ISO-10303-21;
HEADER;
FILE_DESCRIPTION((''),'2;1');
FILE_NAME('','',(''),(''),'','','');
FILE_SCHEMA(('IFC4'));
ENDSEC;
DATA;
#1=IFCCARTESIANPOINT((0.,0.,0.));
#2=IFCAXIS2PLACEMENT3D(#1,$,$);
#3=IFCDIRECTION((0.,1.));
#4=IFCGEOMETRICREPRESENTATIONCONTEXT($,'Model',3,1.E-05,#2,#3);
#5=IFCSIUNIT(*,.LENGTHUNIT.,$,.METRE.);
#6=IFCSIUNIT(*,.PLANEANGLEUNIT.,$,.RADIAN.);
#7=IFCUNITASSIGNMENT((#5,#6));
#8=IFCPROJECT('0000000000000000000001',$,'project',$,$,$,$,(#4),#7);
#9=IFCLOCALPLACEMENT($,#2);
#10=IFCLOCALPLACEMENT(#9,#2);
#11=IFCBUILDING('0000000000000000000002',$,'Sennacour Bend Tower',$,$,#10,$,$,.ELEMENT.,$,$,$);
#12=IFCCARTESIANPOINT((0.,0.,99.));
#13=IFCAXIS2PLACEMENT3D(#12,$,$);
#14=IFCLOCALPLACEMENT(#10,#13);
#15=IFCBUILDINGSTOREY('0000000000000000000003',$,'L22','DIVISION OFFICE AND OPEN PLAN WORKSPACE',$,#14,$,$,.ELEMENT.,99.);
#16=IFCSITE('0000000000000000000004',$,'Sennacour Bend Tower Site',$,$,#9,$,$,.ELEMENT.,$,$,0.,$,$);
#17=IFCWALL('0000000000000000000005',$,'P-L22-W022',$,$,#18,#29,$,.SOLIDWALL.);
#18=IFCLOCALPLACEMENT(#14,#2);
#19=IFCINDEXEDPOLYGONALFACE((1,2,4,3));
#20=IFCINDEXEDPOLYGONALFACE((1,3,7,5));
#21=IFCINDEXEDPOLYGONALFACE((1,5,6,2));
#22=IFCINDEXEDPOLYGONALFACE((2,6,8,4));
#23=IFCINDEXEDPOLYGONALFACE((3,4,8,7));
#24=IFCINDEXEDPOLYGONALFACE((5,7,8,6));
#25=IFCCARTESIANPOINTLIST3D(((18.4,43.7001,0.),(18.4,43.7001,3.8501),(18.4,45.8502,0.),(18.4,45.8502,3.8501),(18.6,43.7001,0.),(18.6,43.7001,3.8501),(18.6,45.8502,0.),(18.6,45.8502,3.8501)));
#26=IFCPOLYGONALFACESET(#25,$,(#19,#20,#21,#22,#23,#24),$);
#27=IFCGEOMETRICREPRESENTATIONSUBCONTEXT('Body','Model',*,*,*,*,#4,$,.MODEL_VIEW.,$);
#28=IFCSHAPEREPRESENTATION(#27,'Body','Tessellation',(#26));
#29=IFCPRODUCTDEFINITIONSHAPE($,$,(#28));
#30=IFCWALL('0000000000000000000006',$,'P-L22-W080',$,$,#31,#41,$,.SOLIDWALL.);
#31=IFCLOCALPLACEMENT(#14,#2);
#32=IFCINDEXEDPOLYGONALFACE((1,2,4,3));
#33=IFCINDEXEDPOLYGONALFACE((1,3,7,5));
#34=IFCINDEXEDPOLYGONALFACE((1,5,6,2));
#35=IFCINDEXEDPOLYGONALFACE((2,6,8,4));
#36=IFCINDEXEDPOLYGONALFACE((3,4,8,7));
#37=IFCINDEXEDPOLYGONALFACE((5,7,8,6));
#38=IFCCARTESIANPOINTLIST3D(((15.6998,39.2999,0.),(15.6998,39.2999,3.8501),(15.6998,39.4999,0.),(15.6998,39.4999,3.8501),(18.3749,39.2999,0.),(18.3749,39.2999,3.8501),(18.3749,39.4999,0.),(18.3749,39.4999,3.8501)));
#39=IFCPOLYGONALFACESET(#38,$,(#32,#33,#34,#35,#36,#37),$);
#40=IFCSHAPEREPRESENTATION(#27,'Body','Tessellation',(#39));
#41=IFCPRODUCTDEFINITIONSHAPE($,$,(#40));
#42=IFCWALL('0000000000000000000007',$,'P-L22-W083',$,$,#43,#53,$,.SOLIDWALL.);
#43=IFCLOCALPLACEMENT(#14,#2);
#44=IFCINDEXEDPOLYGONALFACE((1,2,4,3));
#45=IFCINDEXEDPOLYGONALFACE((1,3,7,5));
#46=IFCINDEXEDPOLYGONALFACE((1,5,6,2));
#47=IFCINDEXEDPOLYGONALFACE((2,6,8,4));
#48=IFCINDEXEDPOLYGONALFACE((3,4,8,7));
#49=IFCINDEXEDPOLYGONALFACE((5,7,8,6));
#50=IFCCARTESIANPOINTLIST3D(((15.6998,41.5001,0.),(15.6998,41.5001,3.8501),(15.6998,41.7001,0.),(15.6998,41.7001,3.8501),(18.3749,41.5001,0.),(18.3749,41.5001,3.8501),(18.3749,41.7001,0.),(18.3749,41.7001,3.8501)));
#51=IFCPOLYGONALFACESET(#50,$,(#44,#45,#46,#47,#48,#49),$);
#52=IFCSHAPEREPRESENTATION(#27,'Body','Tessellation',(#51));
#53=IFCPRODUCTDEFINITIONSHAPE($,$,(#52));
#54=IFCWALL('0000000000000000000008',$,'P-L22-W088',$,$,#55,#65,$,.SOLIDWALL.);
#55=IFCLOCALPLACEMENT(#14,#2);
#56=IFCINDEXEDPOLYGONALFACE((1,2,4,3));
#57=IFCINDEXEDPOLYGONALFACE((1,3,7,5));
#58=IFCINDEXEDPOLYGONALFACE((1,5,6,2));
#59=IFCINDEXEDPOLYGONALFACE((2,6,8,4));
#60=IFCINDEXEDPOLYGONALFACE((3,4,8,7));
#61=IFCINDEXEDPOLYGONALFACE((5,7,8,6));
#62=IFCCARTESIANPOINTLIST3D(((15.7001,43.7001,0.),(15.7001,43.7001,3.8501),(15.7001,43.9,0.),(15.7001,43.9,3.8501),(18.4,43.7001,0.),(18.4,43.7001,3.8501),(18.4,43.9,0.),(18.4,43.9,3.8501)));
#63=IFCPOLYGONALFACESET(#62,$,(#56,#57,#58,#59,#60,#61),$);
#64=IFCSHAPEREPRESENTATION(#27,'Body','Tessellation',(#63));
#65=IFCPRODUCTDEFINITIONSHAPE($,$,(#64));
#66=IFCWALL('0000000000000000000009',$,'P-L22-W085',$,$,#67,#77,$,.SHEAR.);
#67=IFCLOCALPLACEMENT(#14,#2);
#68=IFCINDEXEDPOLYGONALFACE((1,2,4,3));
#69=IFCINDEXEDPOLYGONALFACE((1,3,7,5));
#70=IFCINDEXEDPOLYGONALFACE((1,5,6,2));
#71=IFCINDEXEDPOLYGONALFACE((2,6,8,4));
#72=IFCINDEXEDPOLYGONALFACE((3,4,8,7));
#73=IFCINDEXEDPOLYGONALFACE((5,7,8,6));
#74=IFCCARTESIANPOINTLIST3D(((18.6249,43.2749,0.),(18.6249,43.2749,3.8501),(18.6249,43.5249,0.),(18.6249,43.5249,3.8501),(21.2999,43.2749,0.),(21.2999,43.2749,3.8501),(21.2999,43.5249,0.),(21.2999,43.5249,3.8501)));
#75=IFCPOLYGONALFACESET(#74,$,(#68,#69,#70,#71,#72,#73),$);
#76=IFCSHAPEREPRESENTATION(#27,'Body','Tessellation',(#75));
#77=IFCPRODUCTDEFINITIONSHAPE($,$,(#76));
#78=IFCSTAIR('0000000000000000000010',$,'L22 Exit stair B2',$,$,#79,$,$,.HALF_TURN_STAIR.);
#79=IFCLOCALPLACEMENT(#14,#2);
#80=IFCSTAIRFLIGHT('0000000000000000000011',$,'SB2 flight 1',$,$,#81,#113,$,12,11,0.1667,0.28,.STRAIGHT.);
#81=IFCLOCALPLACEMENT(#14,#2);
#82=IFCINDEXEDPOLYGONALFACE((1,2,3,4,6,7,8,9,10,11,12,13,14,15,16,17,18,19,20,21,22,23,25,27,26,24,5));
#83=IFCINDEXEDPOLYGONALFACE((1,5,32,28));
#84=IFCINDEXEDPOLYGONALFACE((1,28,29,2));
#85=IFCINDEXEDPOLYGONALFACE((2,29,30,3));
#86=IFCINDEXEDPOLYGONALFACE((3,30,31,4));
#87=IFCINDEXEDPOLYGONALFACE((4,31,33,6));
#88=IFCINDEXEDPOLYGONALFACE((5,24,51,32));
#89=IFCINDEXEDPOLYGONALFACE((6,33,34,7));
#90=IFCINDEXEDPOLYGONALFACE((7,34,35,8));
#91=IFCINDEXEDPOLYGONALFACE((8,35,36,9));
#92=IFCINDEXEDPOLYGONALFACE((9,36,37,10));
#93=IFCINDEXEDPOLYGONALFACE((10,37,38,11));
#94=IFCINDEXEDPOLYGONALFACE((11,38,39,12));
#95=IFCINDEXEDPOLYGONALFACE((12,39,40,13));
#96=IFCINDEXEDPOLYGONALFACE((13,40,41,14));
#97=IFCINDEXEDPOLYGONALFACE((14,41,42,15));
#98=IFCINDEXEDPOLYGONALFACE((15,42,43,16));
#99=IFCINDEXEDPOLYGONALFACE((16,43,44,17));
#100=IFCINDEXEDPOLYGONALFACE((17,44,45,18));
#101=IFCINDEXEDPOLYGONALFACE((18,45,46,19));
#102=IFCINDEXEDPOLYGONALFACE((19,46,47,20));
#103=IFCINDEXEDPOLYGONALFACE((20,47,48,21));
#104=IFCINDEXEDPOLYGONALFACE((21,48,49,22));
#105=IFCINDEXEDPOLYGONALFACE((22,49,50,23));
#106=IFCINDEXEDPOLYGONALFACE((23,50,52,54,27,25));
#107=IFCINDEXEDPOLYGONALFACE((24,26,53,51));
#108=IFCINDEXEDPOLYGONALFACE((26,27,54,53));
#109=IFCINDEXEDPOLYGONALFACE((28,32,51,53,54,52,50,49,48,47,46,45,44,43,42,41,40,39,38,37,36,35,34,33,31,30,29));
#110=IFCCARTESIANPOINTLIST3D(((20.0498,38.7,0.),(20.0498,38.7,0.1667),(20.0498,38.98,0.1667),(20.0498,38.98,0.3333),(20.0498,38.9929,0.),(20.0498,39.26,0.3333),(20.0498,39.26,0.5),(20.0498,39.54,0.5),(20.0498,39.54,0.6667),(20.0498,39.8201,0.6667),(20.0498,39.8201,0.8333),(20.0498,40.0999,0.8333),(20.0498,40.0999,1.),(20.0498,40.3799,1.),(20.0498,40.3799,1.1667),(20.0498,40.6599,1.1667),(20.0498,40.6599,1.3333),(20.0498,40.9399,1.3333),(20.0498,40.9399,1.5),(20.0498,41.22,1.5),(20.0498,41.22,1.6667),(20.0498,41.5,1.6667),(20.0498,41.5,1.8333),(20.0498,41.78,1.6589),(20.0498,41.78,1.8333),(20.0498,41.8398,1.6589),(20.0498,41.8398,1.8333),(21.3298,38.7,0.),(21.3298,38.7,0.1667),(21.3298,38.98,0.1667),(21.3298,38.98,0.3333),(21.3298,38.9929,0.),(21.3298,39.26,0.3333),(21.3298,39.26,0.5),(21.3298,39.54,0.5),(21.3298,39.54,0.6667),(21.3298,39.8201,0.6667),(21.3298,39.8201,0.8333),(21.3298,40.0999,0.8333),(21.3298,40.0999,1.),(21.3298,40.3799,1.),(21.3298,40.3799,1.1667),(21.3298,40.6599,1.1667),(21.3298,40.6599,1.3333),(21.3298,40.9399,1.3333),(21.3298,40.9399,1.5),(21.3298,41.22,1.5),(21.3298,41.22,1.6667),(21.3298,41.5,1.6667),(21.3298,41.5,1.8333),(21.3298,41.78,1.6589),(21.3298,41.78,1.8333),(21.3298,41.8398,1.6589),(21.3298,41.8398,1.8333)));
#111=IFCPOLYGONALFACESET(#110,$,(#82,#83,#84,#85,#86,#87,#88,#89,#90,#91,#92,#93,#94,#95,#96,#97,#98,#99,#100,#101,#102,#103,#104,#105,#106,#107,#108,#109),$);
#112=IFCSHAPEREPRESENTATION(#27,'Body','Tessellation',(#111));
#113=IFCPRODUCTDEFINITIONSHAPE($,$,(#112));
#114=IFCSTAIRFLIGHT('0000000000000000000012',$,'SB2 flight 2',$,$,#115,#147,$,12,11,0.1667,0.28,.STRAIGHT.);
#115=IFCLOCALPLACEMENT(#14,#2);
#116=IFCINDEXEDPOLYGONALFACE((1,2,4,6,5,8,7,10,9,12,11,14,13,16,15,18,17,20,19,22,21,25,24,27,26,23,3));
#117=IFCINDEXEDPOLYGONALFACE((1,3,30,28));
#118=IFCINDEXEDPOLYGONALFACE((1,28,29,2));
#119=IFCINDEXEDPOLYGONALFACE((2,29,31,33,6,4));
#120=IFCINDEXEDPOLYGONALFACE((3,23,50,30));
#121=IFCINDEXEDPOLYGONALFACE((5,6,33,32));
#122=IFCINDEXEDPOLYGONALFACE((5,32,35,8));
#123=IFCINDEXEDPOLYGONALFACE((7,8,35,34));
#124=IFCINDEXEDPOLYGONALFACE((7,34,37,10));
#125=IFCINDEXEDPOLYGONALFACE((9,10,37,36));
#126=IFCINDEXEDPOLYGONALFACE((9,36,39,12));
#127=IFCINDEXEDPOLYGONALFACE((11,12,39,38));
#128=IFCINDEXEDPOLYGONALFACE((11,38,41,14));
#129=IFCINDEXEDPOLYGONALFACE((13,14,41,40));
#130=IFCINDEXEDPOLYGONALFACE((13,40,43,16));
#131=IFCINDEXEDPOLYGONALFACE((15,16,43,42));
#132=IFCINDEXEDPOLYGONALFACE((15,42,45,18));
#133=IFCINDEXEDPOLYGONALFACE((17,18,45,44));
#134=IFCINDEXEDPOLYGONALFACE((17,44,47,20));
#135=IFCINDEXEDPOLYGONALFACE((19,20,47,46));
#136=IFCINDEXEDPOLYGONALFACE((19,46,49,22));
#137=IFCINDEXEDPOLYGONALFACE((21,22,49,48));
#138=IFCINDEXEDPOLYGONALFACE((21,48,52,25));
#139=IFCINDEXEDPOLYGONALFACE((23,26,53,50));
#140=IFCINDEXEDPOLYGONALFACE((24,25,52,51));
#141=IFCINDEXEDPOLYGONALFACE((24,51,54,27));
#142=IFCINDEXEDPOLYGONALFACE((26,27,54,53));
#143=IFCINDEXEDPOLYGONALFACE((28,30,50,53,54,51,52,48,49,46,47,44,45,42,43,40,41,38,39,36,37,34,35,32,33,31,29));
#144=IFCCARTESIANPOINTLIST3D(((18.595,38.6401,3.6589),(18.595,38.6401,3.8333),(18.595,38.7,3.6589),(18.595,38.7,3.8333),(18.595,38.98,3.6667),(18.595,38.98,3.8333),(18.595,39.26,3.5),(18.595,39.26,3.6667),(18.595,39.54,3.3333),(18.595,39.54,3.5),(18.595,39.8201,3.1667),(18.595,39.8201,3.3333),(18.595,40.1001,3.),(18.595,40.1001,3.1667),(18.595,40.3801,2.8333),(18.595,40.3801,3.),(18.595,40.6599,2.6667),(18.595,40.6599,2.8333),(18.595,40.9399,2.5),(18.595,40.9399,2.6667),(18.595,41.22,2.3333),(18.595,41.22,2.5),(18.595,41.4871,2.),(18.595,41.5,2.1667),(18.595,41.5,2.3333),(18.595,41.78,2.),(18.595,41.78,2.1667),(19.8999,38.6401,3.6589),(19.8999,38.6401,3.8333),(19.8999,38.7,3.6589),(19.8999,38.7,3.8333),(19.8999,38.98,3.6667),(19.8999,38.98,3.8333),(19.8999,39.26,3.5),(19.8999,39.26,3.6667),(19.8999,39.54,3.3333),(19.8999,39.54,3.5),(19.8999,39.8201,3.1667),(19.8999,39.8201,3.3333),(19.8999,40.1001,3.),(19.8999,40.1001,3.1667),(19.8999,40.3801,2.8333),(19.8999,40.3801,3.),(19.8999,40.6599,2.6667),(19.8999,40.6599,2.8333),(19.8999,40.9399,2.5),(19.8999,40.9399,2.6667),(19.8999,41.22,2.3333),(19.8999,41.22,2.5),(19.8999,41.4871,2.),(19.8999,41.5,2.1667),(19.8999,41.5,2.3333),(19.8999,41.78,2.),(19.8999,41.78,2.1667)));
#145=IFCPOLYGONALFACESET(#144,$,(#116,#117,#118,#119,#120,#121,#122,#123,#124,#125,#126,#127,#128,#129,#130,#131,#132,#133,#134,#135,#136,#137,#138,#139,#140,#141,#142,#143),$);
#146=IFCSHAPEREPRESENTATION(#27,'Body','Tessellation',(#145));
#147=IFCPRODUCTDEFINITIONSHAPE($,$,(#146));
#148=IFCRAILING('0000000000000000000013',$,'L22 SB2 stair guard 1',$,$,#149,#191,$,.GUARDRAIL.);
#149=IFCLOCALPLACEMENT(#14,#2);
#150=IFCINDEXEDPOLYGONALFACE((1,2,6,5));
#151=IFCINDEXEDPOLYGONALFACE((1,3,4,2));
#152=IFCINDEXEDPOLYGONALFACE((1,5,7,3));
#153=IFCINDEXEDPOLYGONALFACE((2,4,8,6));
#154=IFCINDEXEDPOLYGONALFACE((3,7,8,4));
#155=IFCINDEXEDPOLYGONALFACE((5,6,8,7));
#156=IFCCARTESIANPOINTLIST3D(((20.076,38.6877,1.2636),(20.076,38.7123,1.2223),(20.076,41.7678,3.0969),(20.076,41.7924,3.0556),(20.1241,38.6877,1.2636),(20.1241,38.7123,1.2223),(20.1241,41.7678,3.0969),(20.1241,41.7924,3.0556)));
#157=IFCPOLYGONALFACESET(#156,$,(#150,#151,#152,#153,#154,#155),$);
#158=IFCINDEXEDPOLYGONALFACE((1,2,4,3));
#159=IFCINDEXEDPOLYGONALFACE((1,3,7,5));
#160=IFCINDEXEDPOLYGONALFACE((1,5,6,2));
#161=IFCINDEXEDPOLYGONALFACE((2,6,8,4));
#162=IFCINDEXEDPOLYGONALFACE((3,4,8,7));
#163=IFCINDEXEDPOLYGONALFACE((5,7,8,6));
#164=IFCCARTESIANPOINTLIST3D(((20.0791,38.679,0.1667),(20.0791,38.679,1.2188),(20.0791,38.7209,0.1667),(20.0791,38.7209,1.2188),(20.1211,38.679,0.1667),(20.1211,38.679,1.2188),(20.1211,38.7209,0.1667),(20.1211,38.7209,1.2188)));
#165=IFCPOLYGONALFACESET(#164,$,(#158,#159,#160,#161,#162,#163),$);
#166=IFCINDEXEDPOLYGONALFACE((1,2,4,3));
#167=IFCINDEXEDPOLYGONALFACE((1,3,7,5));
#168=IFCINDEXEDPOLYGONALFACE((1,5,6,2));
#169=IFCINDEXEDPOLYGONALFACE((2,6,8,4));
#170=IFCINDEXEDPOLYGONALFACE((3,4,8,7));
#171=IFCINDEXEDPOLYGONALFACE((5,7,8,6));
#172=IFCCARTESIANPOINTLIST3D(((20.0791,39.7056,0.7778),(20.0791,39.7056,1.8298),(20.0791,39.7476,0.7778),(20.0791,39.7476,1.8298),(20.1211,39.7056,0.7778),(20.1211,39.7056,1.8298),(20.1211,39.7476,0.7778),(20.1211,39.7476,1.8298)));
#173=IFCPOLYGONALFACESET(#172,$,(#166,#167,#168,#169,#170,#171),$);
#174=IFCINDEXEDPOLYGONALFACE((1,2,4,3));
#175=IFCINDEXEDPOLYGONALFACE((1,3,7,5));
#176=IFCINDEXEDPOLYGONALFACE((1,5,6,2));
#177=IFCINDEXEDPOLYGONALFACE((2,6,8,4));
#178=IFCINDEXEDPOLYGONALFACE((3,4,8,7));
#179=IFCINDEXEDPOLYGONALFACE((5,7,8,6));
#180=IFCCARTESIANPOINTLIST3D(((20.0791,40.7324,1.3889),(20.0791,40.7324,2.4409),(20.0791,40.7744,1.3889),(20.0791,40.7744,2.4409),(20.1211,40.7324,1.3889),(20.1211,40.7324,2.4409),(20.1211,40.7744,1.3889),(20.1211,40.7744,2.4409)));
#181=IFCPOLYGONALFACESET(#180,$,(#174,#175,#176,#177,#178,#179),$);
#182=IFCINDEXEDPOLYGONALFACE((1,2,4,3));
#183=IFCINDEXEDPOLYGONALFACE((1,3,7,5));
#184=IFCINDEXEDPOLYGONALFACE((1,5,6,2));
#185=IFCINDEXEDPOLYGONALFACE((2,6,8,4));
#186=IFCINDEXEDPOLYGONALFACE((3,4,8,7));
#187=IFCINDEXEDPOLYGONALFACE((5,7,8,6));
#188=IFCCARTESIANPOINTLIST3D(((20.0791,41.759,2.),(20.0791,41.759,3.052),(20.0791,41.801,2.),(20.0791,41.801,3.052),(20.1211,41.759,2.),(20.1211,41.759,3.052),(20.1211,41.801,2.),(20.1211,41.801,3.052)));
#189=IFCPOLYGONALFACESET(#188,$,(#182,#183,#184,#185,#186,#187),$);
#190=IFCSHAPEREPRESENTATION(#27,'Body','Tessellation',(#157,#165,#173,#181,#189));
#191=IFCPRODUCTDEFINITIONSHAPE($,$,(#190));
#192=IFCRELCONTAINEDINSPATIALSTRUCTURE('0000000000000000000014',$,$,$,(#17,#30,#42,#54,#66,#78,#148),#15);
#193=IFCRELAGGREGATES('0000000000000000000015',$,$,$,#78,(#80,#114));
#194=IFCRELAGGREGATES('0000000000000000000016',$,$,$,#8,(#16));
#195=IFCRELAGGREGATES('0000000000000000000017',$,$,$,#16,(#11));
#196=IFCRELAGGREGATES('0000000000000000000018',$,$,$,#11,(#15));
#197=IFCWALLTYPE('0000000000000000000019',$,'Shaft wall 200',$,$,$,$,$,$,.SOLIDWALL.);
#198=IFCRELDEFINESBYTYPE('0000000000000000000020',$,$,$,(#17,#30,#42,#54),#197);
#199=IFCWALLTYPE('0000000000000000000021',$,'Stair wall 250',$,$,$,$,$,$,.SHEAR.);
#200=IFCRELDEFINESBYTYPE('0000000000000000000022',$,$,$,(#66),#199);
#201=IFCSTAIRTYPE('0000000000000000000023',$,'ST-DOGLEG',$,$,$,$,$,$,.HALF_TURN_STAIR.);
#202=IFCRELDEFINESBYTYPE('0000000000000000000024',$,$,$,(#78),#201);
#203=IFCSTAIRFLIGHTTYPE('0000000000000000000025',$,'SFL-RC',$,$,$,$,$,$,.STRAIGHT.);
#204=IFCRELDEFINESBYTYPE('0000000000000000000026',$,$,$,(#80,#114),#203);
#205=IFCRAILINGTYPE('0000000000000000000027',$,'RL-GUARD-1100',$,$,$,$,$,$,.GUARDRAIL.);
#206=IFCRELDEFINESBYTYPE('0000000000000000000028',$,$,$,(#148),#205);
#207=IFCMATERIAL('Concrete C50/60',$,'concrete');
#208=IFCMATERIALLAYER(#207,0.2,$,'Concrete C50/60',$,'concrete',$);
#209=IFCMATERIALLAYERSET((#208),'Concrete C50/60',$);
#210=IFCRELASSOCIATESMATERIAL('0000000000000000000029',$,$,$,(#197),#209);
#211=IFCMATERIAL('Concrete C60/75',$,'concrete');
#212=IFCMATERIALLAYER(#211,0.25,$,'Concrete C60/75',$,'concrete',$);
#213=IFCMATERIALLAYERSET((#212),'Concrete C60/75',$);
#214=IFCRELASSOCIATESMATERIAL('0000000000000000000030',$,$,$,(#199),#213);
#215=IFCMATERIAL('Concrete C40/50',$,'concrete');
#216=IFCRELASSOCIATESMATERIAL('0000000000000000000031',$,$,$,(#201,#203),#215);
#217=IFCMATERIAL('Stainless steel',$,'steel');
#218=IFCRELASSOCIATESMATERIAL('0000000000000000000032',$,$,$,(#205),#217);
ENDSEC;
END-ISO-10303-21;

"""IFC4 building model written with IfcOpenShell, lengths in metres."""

from ifc_helpers import new_model, si_unit, direction, frame, frame_2d, origin, origin_2d, place, context, subcontext, project, spatial, polyline, rectangle, outline, extrude, material, layer, layer_set, type_object, element, aggregate, save


model = new_model("IFC4")

# Units and contexts
model_context = context("Model", 3, precision=1e-05, world=origin(), true_north=direction((0.0, 1.0)))
body_context = subcontext(model_context, "Body", "Model", "MODEL_VIEW")
ifc_project = project(units=[si_unit("LENGTHUNIT", "METRE"), si_unit("PLANEANGLEUNIT", "RADIAN")], contexts=[model_context])

# Site, building, storey
site_placement = place(None, origin())
site = spatial("IfcSite", under=ifc_project, at=site_placement, Name="Sennacour Bend Tower Site", CompositionType="ELEMENT", RefElevation=0.0)
building_placement = place(site_placement, origin())
building = spatial("IfcBuilding", under=site, at=building_placement, Name="Sennacour Bend Tower", CompositionType="ELEMENT")
storey_placement = place(building_placement, frame((0.0, 0.0, 99.0)))
storey = spatial("IfcBuildingStorey", under=building, at=storey_placement, Name="L22", Description="DIVISION OFFICE AND OPEN PLAN WORKSPACE", CompositionType="ELEMENT", Elevation=99.0)

# Shared definitions
ifc_material_1 = material(Name="Concrete C50/60", Category="concrete")
ifc_layer_1 = layer(ifc_material_1, 0.2, Name="Concrete C50/60", Category="concrete")
ifc_layer_set_1 = layer_set([ifc_layer_1], Name="Concrete C50/60")
wall_type_1 = type_object("IfcWallType", Name="Shaft wall 200", PredefinedType="SOLIDWALL", material=ifc_layer_set_1)
ifc_material_2 = material(Name="Stainless steel", Category="steel")

# Walls
wall_1_placement = place(storey_placement, frame((18.5, 43.7, 0.0), z_axis=(0.0, 0.0, 1.0), x_axis=(0.0, 1.0, 0.0)))
element("IfcWall", 1, at=wall_1_placement, inside=storey, type_object=wall_type_1, Name="P-L22-W022", PredefinedType="SOLIDWALL", context=body_context, shape_type="SweptSolid", body=[
    extrude(rectangle(XDim=2.1501, YDim=0.2, at=frame_2d((1.0752, 0.0))), origin(), (0.0, 0.0, 1.0), 3.8501),
])
for number, where, z_axis, x_axis, name in (
    (2, (15.7, 39.3999, 0.0), (0.0, 0.0, 1.0), (1.0, 0.0, 0.0), "P-L22-W080"),
    (3, (15.7, 41.6001, 0.0), (0.0, 0.0, 1.0), (1.0, 0.0, 0.0), "P-L22-W083"),
):
    element("IfcWall", number, at=place(storey_placement, frame(where, z_axis=z_axis, x_axis=x_axis)), inside=storey, type_object=wall_type_1, Name=name, PredefinedType="SOLIDWALL", context=body_context, shape_type="SweptSolid", body=[
        extrude(rectangle(XDim=2.675, YDim=0.2, at=frame_2d((1.3374, 0.0))), origin(), (0.0, 0.0, 1.0), 3.8501),
    ])
wall_2_placement = place(storey_placement, frame((15.7, 43.8, 0.0), z_axis=(0.0, 0.0, 1.0), x_axis=(1.0, 0.0, 0.0)))
element("IfcWall", 4, at=wall_2_placement, inside=storey, type_object=wall_type_1, Name="P-L22-W088", PredefinedType="SOLIDWALL", context=body_context, shape_type="SweptSolid", body=[
    extrude(rectangle(XDim=2.7, YDim=0.2, at=frame_2d((1.3501, 0.0))), origin(), (0.0, 0.0, 1.0), 3.8501),
])
ifc_material_3 = material(Name="Concrete C60/75", Category="concrete")
ifc_layer_2 = layer(ifc_material_3, 0.25, Name="Concrete C60/75", Category="concrete")
ifc_layer_set_2 = layer_set([ifc_layer_2], Name="Concrete C60/75")
wall_type_2 = type_object("IfcWallType", Name="Stair wall 250", PredefinedType="SHEAR", material=ifc_layer_set_2)
wall_3_placement = place(storey_placement, frame((18.625, 43.3999, 0.0), z_axis=(0.0, 0.0, 1.0), x_axis=(1.0, 0.0, 0.0)))
element("IfcWall", 5, at=wall_3_placement, inside=storey, type_object=wall_type_2, Name="P-L22-W085", PredefinedType="SHEAR", context=body_context, shape_type="SweptSolid", body=[
    extrude(rectangle(XDim=2.675, YDim=0.25, at=frame_2d((1.3374, 0.0))), origin(), (0.0, 0.0, 1.0), 3.8501),
])

# Stair, stair flights
ifc_material_4 = material(Name="Concrete C40/50", Category="concrete")
stair_type = type_object("IfcStairType", Name="ST-DOGLEG", PredefinedType="HALF_TURN_STAIR", material=ifc_material_4)
stair_placement = place(storey_placement, origin())
stair = element("IfcStair", 6, at=stair_placement, inside=storey, type_object=stair_type, Name="L22 Exit stair B2", PredefinedType="HALF_TURN_STAIR")
stair_flight_type = type_object("IfcStairFlightType", Name="SFL-RC", PredefinedType="STRAIGHT", material=ifc_material_4)
stair_flight_1_placement = place(storey_placement, frame((20.6899, 38.7, 0.0), z_axis=(0.0, 0.0, 1.0), x_axis=(0.0, 1.0, 0.0)))
stair_flight_1 = element("IfcStairFlight", 7, at=stair_flight_1_placement, type_object=stair_flight_type, Name="SB2 flight 1", NumberOfRisers=12, NumberOfTreads=11, PredefinedType="STRAIGHT", RiserHeight=0.1667, TreadLength=0.28, context=body_context, shape_type="SweptSolid", body=[
    extrude(outline(polyline([(0.0, 0.0), (0.0, 0.1667), (0.28, 0.1667), (0.28, 0.3333), (0.5601, 0.3333), (0.5601, 0.5), (0.8401, 0.5), (0.8401, 0.6667), (1.1201, 0.6667), (1.1201, 0.8333), (1.3999, 0.8333), (1.3999, 1.0), (1.6799, 1.0), (1.6799, 1.1667), (1.96, 1.1667), (1.96, 1.3333), (2.24, 1.3333), (2.24, 1.5), (2.52, 1.5), (2.52, 1.6667), (2.8, 1.6667), (2.8, 1.8333), (3.0801, 1.8333), (3.1399, 1.8333), (3.1399, 1.6589), (3.0801, 1.6589), (0.293, 0.0), (0.0, 0.0)])), frame((0.0, 0.6401, 0.0), z_axis=(0.0, -1.0, 0.0), x_axis=(1.0, 0.0, 0.0)), (0.0, 0.0, 1.0), 1.28),
])
stair_flight_2_placement = place(storey_placement, frame((19.2476, 41.78, 2.0), z_axis=(0.0, 0.0, 1.0), x_axis=(0.0, -1.0, 0.0)))
stair_flight_2 = element("IfcStairFlight", 8, at=stair_flight_2_placement, type_object=stair_flight_type, Name="SB2 flight 2", NumberOfRisers=12, NumberOfTreads=11, PredefinedType="STRAIGHT", RiserHeight=0.1667, TreadLength=0.28, context=body_context, shape_type="SweptSolid", body=[
    extrude(outline(polyline([(0.0, 0.0), (0.0, 0.1667), (0.28, 0.1667), (0.28, 0.3333), (0.5601, 0.3333), (0.5601, 0.5), (0.8401, 0.5), (0.8401, 0.6667), (1.1201, 0.6667), (1.1201, 0.8333), (1.3999, 0.8333), (1.3999, 1.0), (1.6799, 1.0), (1.6799, 1.1667), (1.96, 1.1667), (1.96, 1.3333), (2.24, 1.3333), (2.24, 1.5), (2.52, 1.5), (2.52, 1.6667), (2.8, 1.6667), (2.8, 1.8333), (3.0801, 1.8333), (3.1399, 1.8333), (3.1399, 1.6589), (3.0801, 1.6589), (0.293, 0.0), (0.0, 0.0)])), frame((0.0, 0.6523, 0.0), z_axis=(0.0, -1.0, 0.0), x_axis=(1.0, 0.0, 0.0)), (0.0, 0.0, 1.0), 1.3049),
])
aggregate(stair, [stair_flight_1, stair_flight_2])

# Railing
railing_type_1 = type_object("IfcRailingType", Name="RL-GUARD-1100", PredefinedType="GUARDRAIL", material=ifc_material_2)
railing_1_placement = place(storey_placement, frame((20.1001, 38.7, 0.1667)))
element("IfcRailing", 9, at=railing_1_placement, inside=storey, type_object=railing_type_1, Name="L22 SB2 stair guard 1", PredefinedType="GUARDRAIL", context=body_context, shape_type="SweptSolid", body=[
    extrude(rectangle(XDim=0.0481, YDim=0.0481, at=origin_2d()), frame((0.0, 0.0, 1.0762), z_axis=(0.0, 0.859309, 0.511458), x_axis=(-1.0, 0.0, 0.0)), (0.0, 0.0, 1.0), 3.5845),
    extrude(rectangle(XDim=0.042, YDim=0.042, at=origin_2d()), origin(), (0.0, 0.0, 1.0), 1.052),
    extrude(rectangle(XDim=0.042, YDim=0.042, at=origin_2d()), frame((0.0, 1.0266, 0.6111)), (0.0, 0.0, 1.0), 1.052),
    extrude(rectangle(XDim=0.042, YDim=0.042, at=origin_2d()), frame((0.0, 2.0535, 1.2222)), (0.0, 0.0, 1.0), 1.052),
    extrude(rectangle(XDim=0.042, YDim=0.042, at=origin_2d()), frame((0.0, 3.0801, 1.8333)), (0.0, 0.0, 1.0), 1.052),
])

save(model, "model.ifc")
